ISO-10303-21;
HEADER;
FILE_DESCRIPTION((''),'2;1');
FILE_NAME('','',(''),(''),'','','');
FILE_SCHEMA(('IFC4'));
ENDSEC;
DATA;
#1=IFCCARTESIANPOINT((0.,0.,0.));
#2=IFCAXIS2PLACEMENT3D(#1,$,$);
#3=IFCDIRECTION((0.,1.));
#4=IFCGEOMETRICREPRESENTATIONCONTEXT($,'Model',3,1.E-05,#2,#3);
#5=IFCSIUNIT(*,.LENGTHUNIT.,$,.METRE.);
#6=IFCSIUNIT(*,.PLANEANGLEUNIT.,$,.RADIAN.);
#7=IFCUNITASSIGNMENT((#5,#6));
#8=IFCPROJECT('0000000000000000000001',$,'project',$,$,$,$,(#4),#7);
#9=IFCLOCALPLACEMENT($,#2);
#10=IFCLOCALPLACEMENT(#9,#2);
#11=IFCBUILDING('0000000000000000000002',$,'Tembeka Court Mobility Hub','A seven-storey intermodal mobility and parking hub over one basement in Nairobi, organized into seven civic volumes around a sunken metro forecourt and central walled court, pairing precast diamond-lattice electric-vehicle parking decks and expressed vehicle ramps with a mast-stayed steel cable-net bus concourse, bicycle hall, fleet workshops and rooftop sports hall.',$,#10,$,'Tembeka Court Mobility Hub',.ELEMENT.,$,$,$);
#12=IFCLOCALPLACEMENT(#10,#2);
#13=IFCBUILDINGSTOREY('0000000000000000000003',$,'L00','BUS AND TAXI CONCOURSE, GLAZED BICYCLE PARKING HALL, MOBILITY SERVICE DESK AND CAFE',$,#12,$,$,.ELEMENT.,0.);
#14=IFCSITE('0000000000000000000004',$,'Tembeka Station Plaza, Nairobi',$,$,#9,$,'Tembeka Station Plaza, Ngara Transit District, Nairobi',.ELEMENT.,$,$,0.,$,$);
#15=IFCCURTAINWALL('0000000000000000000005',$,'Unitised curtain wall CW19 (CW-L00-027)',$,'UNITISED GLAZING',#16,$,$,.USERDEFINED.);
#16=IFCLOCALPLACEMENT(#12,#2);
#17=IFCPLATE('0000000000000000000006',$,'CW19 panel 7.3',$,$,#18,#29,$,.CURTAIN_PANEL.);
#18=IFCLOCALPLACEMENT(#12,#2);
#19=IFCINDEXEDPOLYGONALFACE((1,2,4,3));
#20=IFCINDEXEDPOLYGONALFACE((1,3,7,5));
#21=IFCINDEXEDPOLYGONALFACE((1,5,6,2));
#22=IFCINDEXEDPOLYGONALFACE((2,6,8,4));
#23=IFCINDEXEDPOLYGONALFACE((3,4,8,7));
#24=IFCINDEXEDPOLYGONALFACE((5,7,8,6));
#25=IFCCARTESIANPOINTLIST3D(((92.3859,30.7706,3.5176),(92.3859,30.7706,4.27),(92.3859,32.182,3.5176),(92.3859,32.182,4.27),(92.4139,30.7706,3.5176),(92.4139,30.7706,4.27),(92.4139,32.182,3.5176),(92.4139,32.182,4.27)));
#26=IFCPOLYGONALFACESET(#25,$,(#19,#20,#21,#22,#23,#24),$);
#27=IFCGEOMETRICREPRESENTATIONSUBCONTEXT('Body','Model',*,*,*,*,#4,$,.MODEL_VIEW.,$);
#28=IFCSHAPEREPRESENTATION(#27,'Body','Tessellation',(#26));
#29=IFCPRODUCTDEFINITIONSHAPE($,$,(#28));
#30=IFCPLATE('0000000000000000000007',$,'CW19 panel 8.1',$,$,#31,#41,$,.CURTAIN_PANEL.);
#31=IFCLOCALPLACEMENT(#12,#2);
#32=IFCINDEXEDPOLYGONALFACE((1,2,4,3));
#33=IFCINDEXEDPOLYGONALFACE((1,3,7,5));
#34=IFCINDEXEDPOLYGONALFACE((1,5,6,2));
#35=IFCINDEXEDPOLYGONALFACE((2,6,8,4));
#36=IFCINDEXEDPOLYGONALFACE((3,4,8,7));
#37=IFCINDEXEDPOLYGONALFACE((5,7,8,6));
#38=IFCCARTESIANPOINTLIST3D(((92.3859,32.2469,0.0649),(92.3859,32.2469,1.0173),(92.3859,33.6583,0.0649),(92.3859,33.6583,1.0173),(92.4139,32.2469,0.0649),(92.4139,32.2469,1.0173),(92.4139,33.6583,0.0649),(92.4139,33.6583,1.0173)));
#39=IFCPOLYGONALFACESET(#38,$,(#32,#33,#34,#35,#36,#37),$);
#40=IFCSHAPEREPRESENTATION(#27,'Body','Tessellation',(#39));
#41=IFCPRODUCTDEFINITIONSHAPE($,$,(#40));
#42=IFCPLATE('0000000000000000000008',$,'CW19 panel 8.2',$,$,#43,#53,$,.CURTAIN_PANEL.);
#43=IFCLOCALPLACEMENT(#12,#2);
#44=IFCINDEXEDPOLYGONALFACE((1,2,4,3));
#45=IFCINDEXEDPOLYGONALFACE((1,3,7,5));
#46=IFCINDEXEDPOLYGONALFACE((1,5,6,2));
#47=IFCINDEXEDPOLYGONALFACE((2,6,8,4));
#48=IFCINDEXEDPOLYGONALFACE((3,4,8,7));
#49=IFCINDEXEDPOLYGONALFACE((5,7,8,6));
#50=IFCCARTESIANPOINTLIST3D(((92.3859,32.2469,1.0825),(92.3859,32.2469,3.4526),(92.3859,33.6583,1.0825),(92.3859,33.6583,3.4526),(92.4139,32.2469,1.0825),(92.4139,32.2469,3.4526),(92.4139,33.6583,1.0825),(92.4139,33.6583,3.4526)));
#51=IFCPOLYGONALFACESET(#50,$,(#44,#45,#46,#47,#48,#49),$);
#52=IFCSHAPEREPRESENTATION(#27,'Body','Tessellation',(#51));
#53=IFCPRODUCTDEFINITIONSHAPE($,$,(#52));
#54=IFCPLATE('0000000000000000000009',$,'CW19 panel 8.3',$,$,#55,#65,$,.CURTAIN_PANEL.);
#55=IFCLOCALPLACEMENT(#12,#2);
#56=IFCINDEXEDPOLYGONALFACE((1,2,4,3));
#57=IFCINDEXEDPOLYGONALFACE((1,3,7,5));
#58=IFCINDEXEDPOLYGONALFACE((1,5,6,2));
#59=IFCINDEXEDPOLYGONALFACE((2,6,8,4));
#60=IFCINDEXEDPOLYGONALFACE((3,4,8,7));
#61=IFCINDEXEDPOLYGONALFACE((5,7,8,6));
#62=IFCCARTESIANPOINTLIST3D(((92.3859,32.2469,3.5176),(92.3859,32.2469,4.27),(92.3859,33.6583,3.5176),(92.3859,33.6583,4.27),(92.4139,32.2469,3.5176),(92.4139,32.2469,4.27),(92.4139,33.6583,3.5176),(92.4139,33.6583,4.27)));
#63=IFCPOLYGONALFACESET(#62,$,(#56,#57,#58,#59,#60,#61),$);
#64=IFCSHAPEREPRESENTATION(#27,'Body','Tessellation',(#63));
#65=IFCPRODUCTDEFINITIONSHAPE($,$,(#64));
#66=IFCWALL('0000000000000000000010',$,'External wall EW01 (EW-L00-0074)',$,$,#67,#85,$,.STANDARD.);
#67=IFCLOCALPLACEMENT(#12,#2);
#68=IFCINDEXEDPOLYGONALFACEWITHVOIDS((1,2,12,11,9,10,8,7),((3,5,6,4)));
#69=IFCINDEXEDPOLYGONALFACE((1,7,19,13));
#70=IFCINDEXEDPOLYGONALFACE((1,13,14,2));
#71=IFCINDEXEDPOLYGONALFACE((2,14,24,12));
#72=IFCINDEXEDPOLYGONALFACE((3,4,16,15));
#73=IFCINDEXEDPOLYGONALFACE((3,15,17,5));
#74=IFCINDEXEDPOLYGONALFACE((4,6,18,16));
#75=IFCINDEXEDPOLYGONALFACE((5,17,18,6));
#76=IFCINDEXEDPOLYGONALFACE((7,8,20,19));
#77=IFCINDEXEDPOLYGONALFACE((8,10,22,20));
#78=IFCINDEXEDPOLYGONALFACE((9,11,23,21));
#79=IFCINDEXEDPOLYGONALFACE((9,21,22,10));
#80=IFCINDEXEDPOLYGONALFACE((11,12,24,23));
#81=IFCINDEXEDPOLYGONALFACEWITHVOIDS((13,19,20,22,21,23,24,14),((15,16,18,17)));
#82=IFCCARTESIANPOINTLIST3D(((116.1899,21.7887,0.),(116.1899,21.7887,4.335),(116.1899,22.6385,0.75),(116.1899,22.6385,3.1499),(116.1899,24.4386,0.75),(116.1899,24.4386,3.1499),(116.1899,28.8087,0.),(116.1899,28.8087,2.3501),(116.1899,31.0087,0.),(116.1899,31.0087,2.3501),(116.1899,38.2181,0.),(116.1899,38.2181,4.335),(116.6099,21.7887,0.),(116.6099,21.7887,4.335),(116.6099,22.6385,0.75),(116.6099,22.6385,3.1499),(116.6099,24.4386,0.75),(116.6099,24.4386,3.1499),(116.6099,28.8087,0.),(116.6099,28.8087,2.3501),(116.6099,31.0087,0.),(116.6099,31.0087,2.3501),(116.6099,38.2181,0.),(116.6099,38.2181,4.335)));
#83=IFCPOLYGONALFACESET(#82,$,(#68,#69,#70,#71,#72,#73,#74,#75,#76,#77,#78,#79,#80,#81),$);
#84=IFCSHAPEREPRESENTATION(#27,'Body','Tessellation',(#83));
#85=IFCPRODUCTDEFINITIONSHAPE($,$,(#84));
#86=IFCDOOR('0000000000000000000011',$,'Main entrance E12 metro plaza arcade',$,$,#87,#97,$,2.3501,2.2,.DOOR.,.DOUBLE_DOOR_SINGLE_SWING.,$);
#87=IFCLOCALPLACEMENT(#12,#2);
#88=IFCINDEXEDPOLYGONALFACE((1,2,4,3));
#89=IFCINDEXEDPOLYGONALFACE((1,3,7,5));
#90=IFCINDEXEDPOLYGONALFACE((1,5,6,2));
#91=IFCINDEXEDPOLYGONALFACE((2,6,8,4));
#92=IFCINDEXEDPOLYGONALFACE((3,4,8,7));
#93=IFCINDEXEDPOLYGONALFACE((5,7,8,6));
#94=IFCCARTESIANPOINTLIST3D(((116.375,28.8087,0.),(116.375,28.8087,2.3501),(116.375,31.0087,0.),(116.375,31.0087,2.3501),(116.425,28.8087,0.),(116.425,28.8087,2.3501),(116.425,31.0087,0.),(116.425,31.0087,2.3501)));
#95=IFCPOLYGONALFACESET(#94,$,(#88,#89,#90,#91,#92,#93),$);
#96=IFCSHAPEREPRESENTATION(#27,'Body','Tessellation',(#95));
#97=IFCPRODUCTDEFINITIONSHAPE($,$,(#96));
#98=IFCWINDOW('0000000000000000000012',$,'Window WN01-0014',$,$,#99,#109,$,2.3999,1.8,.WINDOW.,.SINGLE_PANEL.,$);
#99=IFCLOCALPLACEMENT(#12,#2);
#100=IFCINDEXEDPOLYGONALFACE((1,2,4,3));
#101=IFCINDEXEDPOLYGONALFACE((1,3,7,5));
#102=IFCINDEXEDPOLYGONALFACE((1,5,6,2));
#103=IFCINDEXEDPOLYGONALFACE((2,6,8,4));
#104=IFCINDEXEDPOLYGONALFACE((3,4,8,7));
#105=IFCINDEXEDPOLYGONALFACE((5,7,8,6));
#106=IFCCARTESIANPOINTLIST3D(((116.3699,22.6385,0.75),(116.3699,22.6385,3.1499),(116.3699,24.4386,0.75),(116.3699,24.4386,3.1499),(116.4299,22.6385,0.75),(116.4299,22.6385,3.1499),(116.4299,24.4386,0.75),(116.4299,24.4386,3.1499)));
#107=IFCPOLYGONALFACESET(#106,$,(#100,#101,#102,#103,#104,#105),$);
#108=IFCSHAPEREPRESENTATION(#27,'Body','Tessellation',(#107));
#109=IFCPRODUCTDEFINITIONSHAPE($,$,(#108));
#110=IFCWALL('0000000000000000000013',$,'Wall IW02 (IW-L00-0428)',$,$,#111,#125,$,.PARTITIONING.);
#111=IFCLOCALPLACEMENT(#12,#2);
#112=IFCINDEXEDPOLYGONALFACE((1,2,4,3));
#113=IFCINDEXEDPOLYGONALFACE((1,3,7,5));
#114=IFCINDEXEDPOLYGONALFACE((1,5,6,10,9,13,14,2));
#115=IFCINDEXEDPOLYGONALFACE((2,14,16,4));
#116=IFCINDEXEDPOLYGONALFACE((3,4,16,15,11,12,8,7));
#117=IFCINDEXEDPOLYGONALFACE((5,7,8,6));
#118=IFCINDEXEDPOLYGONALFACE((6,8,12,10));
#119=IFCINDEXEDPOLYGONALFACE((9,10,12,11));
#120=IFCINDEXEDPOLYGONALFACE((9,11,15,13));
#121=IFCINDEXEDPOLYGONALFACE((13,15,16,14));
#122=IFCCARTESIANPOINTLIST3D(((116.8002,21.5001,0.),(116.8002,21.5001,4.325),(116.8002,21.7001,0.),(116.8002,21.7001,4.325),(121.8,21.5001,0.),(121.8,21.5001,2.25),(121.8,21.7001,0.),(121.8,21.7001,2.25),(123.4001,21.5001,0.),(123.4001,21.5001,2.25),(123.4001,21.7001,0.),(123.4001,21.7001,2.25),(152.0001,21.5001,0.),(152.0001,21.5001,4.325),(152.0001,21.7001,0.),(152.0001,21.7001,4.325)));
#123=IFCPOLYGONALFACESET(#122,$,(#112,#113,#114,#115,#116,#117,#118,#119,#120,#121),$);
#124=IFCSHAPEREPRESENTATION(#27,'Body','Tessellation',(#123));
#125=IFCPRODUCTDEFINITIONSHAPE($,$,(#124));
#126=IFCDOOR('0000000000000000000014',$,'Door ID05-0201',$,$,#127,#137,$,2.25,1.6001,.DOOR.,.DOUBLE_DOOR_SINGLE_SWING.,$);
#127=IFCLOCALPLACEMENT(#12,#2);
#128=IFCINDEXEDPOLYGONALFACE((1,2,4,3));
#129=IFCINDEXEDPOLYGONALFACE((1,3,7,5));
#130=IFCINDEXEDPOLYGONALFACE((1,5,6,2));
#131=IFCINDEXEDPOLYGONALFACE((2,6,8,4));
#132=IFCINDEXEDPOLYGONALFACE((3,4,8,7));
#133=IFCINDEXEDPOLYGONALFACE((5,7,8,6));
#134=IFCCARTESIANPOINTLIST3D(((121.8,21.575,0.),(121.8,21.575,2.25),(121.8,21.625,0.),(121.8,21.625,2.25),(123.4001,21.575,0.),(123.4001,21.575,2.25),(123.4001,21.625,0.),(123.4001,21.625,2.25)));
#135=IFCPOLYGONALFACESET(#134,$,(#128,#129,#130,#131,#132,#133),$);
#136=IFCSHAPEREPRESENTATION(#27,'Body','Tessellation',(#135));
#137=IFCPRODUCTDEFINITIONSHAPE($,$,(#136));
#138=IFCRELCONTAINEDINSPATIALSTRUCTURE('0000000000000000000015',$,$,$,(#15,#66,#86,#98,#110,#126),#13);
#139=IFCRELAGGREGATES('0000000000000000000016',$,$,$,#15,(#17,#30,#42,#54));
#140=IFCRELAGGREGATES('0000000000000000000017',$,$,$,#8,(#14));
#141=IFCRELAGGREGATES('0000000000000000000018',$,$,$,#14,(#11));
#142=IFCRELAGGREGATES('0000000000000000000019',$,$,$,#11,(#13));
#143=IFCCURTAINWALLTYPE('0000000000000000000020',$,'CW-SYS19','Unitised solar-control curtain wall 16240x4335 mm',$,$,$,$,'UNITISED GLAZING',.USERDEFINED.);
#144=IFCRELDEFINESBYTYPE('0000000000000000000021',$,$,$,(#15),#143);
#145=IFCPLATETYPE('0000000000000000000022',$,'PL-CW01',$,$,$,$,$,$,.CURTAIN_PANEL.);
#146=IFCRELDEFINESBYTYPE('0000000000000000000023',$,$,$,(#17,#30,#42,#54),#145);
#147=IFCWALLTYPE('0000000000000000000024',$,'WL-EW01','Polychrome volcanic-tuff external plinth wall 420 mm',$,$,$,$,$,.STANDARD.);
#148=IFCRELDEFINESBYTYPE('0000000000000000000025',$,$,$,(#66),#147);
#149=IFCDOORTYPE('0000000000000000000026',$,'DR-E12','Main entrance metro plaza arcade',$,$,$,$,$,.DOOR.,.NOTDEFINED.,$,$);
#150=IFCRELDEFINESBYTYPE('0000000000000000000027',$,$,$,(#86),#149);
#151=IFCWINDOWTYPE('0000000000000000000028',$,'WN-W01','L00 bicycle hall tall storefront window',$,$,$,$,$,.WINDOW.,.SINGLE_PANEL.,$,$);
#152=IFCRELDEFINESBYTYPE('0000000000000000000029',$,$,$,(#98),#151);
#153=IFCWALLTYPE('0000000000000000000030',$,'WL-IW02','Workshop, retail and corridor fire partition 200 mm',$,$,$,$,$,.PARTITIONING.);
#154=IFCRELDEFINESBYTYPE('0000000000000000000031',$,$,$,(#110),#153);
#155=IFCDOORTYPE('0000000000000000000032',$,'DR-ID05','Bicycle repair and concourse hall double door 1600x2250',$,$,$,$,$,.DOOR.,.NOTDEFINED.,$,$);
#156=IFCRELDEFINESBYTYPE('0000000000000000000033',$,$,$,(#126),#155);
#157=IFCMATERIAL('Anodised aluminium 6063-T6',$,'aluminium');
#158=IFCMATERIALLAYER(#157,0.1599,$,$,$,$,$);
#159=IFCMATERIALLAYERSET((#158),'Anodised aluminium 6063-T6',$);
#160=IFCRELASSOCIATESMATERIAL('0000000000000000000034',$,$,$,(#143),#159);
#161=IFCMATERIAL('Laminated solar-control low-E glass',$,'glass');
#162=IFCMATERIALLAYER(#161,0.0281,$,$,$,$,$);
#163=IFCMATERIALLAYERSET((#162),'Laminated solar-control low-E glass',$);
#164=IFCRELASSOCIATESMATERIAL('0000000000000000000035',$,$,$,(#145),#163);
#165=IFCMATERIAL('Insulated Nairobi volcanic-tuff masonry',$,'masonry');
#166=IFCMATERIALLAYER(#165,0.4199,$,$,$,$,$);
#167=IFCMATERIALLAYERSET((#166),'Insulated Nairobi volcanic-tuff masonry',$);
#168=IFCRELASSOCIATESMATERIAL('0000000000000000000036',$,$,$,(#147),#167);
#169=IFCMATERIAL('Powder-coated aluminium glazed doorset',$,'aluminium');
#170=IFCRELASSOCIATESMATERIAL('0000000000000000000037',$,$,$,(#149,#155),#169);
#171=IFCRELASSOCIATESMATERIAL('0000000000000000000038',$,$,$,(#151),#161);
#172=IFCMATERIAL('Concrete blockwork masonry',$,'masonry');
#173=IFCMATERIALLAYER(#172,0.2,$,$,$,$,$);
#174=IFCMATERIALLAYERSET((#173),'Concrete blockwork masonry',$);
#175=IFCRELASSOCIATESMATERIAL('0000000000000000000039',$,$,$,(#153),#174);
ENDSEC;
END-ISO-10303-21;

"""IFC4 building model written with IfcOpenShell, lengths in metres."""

from ifc_helpers import new_model, si_unit, direction, frame, frame_2d, origin, origin_2d, place, context, subcontext, project, spatial, rectangle, extrude, material, layer, layer_set, type_object, element, fill, aggregate, save


model = new_model("IFC4")

# Units and contexts
model_context = context("Model", 3, precision=1e-05, world=origin(), true_north=direction((0.0, 1.0)))
body_context = subcontext(model_context, "Body", "Model", "MODEL_VIEW")
ifc_project = project(units=[si_unit("LENGTHUNIT", "METRE"), si_unit("PLANEANGLEUNIT", "RADIAN")], contexts=[model_context])

# Site, building, storey
site_placement = place(None, origin())
site = spatial("IfcSite", under=ifc_project, at=site_placement, Name="Tembeka Station Plaza, Nairobi", LongName="Tembeka Station Plaza, Ngara Transit District, Nairobi", CompositionType="ELEMENT", RefElevation=0.0)
building_placement = place(site_placement, origin())
building = spatial("IfcBuilding", under=site, at=building_placement, Name="Tembeka Court Mobility Hub", Description="A seven-storey intermodal mobility and parking hub over one basement in Nairobi, organized into seven civic volumes around a sunken metro forecourt and central walled court, pairing precast diamond-lattice electric-vehicle parking decks and expressed vehicle ramps with a mast-stayed steel cable-net bus concourse, bicycle hall, fleet workshops and rooftop sports hall.", LongName="Tembeka Court Mobility Hub", CompositionType="ELEMENT")
storey_placement = place(building_placement, origin())
storey = spatial("IfcBuildingStorey", under=building, at=storey_placement, Name="L00", Description="BUS AND TAXI CONCOURSE, GLAZED BICYCLE PARKING HALL, MOBILITY SERVICE DESK AND CAFE", CompositionType="ELEMENT", Elevation=0.0)

# Curtain wall, plates
ifc_material_1 = material(Name="Anodised aluminium 6063-T6", Category="aluminium")
ifc_layer_1 = layer(ifc_material_1, 0.1599)
ifc_layer_set_1 = layer_set([ifc_layer_1], Name="Anodised aluminium 6063-T6")
curtain_wall_type = type_object("IfcCurtainWallType", Name="CW-SYS19", Description="Unitised solar-control curtain wall 16240x4335 mm", ElementType="UNITISED GLAZING", PredefinedType="USERDEFINED", material=ifc_layer_set_1)
curtain_wall_placement = place(storey_placement, origin())
curtain_wall = element("IfcCurtainWall", 1, at=curtain_wall_placement, inside=storey, type_object=curtain_wall_type, Name="Unitised curtain wall CW19 (CW-L00-027)", ObjectType="UNITISED GLAZING", PredefinedType="USERDEFINED")
ifc_material_2 = material(Name="Laminated solar-control low-E glass", Category="glass")
ifc_layer_2 = layer(ifc_material_2, 0.0281)
ifc_layer_set_2 = layer_set([ifc_layer_2], Name="Laminated solar-control low-E glass")
plate_type = type_object("IfcPlateType", Name="PL-CW01", PredefinedType="CURTAIN_PANEL", material=ifc_layer_set_2)
plate_1_placement = place(storey_placement, frame((92.3999, 31.4763, 3.5176), z_axis=(0.0, 0.0, 1.0), x_axis=(0.0, 1.0, 0.0)))
plate_1 = element("IfcPlate", 2, at=plate_1_placement, type_object=plate_type, Name="CW19 panel 7.3", PredefinedType="CURTAIN_PANEL", context=body_context, shape_type="SweptSolid", body=[
    extrude(rectangle(XDim=1.4114, YDim=0.0281, at=origin_2d()), origin(), (0.0, 0.0, 1.0), 0.7524),
])
plate_2_placement = place(storey_placement, frame((92.3999, 32.9526, 0.0649), z_axis=(0.0, 0.0, 1.0), x_axis=(0.0, 1.0, 0.0)))
plate_2 = element("IfcPlate", 3, at=plate_2_placement, type_object=plate_type, Name="CW19 panel 8.1", PredefinedType="CURTAIN_PANEL", context=body_context, shape_type="SweptSolid", body=[
    extrude(rectangle(XDim=1.4114, YDim=0.0281, at=origin_2d()), origin(), (0.0, 0.0, 1.0), 0.9524),
])
plate_3_placement = place(storey_placement, frame((92.3999, 32.9526, 1.0825), z_axis=(0.0, 0.0, 1.0), x_axis=(0.0, 1.0, 0.0)))
plate_3 = element("IfcPlate", 4, at=plate_3_placement, type_object=plate_type, Name="CW19 panel 8.2", PredefinedType="CURTAIN_PANEL", context=body_context, shape_type="SweptSolid", body=[
    extrude(rectangle(XDim=1.4114, YDim=0.0281, at=origin_2d()), origin(), (0.0, 0.0, 1.0), 2.3701),
])
plate_4_placement = place(storey_placement, frame((92.3999, 32.9526, 3.5176), z_axis=(0.0, 0.0, 1.0), x_axis=(0.0, 1.0, 0.0)))
plate_4 = element("IfcPlate", 5, at=plate_4_placement, type_object=plate_type, Name="CW19 panel 8.3", PredefinedType="CURTAIN_PANEL", context=body_context, shape_type="SweptSolid", body=[
    extrude(rectangle(XDim=1.4114, YDim=0.0281, at=origin_2d()), origin(), (0.0, 0.0, 1.0), 0.7524),
])
aggregate(curtain_wall, [plate_1, plate_2, plate_3, plate_4])

# Wall, openings, door, window
ifc_material_3 = material(Name="Insulated Nairobi volcanic-tuff masonry", Category="masonry")
ifc_layer_3 = layer(ifc_material_3, 0.4199)
ifc_layer_set_3 = layer_set([ifc_layer_3], Name="Insulated Nairobi volcanic-tuff masonry")
wall_type_1 = type_object("IfcWallType", Name="WL-EW01", Description="Polychrome volcanic-tuff external plinth wall 420 mm", PredefinedType="STANDARD", material=ifc_layer_set_3)
wall_1_placement = place(storey_placement, frame((116.3999, 21.7886, 0.0), z_axis=(0.0, 0.0, 1.0), x_axis=(0.0, 1.0, 0.0)))
wall_1 = element("IfcWall", 6, at=wall_1_placement, inside=storey, type_object=wall_type_1, Name="External wall EW01 (EW-L00-0074)", PredefinedType="STANDARD", context=body_context, shape_type="SweptSolid", body=[
    extrude(rectangle(XDim=16.4294, YDim=0.4199, at=frame_2d((8.2148, 0.0))), origin(), (0.0, 0.0, 1.0), 4.335),
])
opening_1_placement = place(wall_1_placement, frame((7.02, 0.0, 0.0)))
opening_1 = element("IfcOpeningElement", 7, at=opening_1_placement, cuts=wall_1, PredefinedType="OPENING", context=body_context, shape_type="SweptSolid", body=[
    extrude(rectangle(XDim=2.2, YDim=2.3501, at=frame_2d((1.1001, 1.175))), frame((0.0, 0.22, 0.0), z_axis=(0.0, -1.0, 0.0), x_axis=(1.0, 0.0, 0.0)), (0.0, 0.0, 1.0), 0.4399),
])
opening_2_placement = place(wall_1_placement, frame((0.8501, 0.0, 0.75)))
opening_2 = element("IfcOpeningElement", 8, at=opening_2_placement, cuts=wall_1, PredefinedType="OPENING", context=body_context, shape_type="SweptSolid", body=[
    extrude(rectangle(XDim=1.8, YDim=2.3999, at=frame_2d((0.8999, 1.2))), frame((0.0, 0.22, 0.0), z_axis=(0.0, -1.0, 0.0), x_axis=(1.0, 0.0, 0.0)), (0.0, 0.0, 1.0), 0.4399),
])
ifc_material_4 = material(Name="Powder-coated aluminium glazed doorset", Category="aluminium")
door_type_1 = type_object("IfcDoorType", Name="DR-E12", Description="Main entrance metro plaza arcade", OperationType="NOTDEFINED", PredefinedType="DOOR", material=ifc_material_4)
door_1_placement = place(opening_1_placement, origin())
door_1 = element("IfcDoor", 9, at=door_1_placement, inside=storey, type_object=door_type_1, Name="Main entrance E12 metro plaza arcade", OperationType="DOUBLE_DOOR_SINGLE_SWING", OverallHeight=2.3501, OverallWidth=2.2, PredefinedType="DOOR", context=body_context, shape_type="SweptSolid", body=[
    extrude(rectangle(XDim=2.2, YDim=2.3501, at=frame_2d((1.1001, 1.175))), frame((0.0, 0.0249, 0.0), z_axis=(0.0, -1.0, 0.0), x_axis=(1.0, 0.0, 0.0)), (0.0, 0.0, 1.0), 0.05),
])
fill(opening_1, door_1)
window_type = type_object("IfcWindowType", Name="WN-W01", Description="L00 bicycle hall tall storefront window", PartitioningType="SINGLE_PANEL", PredefinedType="WINDOW", material=ifc_material_2)
window_placement = place(opening_2_placement, origin())
window = element("IfcWindow", 10, at=window_placement, inside=storey, type_object=window_type, Name="Window WN01-0014", OverallHeight=2.3999, OverallWidth=1.8, PartitioningType="SINGLE_PANEL", PredefinedType="WINDOW", context=body_context, shape_type="SweptSolid", body=[
    extrude(rectangle(XDim=1.8, YDim=2.3999, at=frame_2d((0.8999, 1.2))), frame((0.0, 0.03, 0.0), z_axis=(0.0, -1.0, 0.0), x_axis=(1.0, 0.0, 0.0)), (0.0, 0.0, 1.0), 0.0601),
])
fill(opening_2, window)

# Wall, opening, door
ifc_material_5 = material(Name="Concrete blockwork masonry", Category="masonry")
ifc_layer_4 = layer(ifc_material_5, 0.2)
ifc_layer_set_4 = layer_set([ifc_layer_4], Name="Concrete blockwork masonry")
wall_type_2 = type_object("IfcWallType", Name="WL-IW02", Description="Workshop, retail and corridor fire partition 200 mm", PredefinedType="PARTITIONING", material=ifc_layer_set_4)
wall_2_placement = place(storey_placement, frame((116.8, 21.6001, 0.0), z_axis=(0.0, 0.0, 1.0), x_axis=(1.0, 0.0, 0.0)))
wall_2 = element("IfcWall", 11, at=wall_2_placement, inside=storey, type_object=wall_type_2, Name="Wall IW02 (IW-L00-0428)", PredefinedType="PARTITIONING", context=body_context, shape_type="SweptSolid", body=[
    extrude(rectangle(XDim=35.2, YDim=0.2, at=frame_2d((17.6001, 0.0))), origin(), (0.0, 0.0, 1.0), 4.325),
])
opening_3_placement = place(wall_2_placement, frame((5.0, 0.0, 0.0)))
opening_3 = element("IfcOpeningElement", 12, at=opening_3_placement, cuts=wall_2, PredefinedType="OPENING", context=body_context, shape_type="SweptSolid", body=[
    extrude(rectangle(XDim=1.6001, YDim=2.25, at=frame_2d((0.8, 1.125))), frame((0.0, 0.1099, 0.0), z_axis=(0.0, -1.0, 0.0), x_axis=(1.0, 0.0, 0.0)), (0.0, 0.0, 1.0), 0.22),
])
door_type_2 = type_object("IfcDoorType", Name="DR-ID05", Description="Bicycle repair and concourse hall double door 1600x2250", OperationType="NOTDEFINED", PredefinedType="DOOR", material=ifc_material_4)
door_2_placement = place(opening_3_placement, origin())
door_2 = element("IfcDoor", 13, at=door_2_placement, inside=storey, type_object=door_type_2, Name="Door ID05-0201", OperationType="DOUBLE_DOOR_SINGLE_SWING", OverallHeight=2.25, OverallWidth=1.6001, PredefinedType="DOOR", context=body_context, shape_type="SweptSolid", body=[
    extrude(rectangle(XDim=1.6001, YDim=2.25, at=frame_2d((0.8, 1.125))), frame((0.0, 0.0249, 0.0), z_axis=(0.0, -1.0, 0.0), x_axis=(1.0, 0.0, 0.0)), (0.0, 0.0, 1.0), 0.05),
])
fill(opening_3, door_2)

save(model, "model.ifc")
